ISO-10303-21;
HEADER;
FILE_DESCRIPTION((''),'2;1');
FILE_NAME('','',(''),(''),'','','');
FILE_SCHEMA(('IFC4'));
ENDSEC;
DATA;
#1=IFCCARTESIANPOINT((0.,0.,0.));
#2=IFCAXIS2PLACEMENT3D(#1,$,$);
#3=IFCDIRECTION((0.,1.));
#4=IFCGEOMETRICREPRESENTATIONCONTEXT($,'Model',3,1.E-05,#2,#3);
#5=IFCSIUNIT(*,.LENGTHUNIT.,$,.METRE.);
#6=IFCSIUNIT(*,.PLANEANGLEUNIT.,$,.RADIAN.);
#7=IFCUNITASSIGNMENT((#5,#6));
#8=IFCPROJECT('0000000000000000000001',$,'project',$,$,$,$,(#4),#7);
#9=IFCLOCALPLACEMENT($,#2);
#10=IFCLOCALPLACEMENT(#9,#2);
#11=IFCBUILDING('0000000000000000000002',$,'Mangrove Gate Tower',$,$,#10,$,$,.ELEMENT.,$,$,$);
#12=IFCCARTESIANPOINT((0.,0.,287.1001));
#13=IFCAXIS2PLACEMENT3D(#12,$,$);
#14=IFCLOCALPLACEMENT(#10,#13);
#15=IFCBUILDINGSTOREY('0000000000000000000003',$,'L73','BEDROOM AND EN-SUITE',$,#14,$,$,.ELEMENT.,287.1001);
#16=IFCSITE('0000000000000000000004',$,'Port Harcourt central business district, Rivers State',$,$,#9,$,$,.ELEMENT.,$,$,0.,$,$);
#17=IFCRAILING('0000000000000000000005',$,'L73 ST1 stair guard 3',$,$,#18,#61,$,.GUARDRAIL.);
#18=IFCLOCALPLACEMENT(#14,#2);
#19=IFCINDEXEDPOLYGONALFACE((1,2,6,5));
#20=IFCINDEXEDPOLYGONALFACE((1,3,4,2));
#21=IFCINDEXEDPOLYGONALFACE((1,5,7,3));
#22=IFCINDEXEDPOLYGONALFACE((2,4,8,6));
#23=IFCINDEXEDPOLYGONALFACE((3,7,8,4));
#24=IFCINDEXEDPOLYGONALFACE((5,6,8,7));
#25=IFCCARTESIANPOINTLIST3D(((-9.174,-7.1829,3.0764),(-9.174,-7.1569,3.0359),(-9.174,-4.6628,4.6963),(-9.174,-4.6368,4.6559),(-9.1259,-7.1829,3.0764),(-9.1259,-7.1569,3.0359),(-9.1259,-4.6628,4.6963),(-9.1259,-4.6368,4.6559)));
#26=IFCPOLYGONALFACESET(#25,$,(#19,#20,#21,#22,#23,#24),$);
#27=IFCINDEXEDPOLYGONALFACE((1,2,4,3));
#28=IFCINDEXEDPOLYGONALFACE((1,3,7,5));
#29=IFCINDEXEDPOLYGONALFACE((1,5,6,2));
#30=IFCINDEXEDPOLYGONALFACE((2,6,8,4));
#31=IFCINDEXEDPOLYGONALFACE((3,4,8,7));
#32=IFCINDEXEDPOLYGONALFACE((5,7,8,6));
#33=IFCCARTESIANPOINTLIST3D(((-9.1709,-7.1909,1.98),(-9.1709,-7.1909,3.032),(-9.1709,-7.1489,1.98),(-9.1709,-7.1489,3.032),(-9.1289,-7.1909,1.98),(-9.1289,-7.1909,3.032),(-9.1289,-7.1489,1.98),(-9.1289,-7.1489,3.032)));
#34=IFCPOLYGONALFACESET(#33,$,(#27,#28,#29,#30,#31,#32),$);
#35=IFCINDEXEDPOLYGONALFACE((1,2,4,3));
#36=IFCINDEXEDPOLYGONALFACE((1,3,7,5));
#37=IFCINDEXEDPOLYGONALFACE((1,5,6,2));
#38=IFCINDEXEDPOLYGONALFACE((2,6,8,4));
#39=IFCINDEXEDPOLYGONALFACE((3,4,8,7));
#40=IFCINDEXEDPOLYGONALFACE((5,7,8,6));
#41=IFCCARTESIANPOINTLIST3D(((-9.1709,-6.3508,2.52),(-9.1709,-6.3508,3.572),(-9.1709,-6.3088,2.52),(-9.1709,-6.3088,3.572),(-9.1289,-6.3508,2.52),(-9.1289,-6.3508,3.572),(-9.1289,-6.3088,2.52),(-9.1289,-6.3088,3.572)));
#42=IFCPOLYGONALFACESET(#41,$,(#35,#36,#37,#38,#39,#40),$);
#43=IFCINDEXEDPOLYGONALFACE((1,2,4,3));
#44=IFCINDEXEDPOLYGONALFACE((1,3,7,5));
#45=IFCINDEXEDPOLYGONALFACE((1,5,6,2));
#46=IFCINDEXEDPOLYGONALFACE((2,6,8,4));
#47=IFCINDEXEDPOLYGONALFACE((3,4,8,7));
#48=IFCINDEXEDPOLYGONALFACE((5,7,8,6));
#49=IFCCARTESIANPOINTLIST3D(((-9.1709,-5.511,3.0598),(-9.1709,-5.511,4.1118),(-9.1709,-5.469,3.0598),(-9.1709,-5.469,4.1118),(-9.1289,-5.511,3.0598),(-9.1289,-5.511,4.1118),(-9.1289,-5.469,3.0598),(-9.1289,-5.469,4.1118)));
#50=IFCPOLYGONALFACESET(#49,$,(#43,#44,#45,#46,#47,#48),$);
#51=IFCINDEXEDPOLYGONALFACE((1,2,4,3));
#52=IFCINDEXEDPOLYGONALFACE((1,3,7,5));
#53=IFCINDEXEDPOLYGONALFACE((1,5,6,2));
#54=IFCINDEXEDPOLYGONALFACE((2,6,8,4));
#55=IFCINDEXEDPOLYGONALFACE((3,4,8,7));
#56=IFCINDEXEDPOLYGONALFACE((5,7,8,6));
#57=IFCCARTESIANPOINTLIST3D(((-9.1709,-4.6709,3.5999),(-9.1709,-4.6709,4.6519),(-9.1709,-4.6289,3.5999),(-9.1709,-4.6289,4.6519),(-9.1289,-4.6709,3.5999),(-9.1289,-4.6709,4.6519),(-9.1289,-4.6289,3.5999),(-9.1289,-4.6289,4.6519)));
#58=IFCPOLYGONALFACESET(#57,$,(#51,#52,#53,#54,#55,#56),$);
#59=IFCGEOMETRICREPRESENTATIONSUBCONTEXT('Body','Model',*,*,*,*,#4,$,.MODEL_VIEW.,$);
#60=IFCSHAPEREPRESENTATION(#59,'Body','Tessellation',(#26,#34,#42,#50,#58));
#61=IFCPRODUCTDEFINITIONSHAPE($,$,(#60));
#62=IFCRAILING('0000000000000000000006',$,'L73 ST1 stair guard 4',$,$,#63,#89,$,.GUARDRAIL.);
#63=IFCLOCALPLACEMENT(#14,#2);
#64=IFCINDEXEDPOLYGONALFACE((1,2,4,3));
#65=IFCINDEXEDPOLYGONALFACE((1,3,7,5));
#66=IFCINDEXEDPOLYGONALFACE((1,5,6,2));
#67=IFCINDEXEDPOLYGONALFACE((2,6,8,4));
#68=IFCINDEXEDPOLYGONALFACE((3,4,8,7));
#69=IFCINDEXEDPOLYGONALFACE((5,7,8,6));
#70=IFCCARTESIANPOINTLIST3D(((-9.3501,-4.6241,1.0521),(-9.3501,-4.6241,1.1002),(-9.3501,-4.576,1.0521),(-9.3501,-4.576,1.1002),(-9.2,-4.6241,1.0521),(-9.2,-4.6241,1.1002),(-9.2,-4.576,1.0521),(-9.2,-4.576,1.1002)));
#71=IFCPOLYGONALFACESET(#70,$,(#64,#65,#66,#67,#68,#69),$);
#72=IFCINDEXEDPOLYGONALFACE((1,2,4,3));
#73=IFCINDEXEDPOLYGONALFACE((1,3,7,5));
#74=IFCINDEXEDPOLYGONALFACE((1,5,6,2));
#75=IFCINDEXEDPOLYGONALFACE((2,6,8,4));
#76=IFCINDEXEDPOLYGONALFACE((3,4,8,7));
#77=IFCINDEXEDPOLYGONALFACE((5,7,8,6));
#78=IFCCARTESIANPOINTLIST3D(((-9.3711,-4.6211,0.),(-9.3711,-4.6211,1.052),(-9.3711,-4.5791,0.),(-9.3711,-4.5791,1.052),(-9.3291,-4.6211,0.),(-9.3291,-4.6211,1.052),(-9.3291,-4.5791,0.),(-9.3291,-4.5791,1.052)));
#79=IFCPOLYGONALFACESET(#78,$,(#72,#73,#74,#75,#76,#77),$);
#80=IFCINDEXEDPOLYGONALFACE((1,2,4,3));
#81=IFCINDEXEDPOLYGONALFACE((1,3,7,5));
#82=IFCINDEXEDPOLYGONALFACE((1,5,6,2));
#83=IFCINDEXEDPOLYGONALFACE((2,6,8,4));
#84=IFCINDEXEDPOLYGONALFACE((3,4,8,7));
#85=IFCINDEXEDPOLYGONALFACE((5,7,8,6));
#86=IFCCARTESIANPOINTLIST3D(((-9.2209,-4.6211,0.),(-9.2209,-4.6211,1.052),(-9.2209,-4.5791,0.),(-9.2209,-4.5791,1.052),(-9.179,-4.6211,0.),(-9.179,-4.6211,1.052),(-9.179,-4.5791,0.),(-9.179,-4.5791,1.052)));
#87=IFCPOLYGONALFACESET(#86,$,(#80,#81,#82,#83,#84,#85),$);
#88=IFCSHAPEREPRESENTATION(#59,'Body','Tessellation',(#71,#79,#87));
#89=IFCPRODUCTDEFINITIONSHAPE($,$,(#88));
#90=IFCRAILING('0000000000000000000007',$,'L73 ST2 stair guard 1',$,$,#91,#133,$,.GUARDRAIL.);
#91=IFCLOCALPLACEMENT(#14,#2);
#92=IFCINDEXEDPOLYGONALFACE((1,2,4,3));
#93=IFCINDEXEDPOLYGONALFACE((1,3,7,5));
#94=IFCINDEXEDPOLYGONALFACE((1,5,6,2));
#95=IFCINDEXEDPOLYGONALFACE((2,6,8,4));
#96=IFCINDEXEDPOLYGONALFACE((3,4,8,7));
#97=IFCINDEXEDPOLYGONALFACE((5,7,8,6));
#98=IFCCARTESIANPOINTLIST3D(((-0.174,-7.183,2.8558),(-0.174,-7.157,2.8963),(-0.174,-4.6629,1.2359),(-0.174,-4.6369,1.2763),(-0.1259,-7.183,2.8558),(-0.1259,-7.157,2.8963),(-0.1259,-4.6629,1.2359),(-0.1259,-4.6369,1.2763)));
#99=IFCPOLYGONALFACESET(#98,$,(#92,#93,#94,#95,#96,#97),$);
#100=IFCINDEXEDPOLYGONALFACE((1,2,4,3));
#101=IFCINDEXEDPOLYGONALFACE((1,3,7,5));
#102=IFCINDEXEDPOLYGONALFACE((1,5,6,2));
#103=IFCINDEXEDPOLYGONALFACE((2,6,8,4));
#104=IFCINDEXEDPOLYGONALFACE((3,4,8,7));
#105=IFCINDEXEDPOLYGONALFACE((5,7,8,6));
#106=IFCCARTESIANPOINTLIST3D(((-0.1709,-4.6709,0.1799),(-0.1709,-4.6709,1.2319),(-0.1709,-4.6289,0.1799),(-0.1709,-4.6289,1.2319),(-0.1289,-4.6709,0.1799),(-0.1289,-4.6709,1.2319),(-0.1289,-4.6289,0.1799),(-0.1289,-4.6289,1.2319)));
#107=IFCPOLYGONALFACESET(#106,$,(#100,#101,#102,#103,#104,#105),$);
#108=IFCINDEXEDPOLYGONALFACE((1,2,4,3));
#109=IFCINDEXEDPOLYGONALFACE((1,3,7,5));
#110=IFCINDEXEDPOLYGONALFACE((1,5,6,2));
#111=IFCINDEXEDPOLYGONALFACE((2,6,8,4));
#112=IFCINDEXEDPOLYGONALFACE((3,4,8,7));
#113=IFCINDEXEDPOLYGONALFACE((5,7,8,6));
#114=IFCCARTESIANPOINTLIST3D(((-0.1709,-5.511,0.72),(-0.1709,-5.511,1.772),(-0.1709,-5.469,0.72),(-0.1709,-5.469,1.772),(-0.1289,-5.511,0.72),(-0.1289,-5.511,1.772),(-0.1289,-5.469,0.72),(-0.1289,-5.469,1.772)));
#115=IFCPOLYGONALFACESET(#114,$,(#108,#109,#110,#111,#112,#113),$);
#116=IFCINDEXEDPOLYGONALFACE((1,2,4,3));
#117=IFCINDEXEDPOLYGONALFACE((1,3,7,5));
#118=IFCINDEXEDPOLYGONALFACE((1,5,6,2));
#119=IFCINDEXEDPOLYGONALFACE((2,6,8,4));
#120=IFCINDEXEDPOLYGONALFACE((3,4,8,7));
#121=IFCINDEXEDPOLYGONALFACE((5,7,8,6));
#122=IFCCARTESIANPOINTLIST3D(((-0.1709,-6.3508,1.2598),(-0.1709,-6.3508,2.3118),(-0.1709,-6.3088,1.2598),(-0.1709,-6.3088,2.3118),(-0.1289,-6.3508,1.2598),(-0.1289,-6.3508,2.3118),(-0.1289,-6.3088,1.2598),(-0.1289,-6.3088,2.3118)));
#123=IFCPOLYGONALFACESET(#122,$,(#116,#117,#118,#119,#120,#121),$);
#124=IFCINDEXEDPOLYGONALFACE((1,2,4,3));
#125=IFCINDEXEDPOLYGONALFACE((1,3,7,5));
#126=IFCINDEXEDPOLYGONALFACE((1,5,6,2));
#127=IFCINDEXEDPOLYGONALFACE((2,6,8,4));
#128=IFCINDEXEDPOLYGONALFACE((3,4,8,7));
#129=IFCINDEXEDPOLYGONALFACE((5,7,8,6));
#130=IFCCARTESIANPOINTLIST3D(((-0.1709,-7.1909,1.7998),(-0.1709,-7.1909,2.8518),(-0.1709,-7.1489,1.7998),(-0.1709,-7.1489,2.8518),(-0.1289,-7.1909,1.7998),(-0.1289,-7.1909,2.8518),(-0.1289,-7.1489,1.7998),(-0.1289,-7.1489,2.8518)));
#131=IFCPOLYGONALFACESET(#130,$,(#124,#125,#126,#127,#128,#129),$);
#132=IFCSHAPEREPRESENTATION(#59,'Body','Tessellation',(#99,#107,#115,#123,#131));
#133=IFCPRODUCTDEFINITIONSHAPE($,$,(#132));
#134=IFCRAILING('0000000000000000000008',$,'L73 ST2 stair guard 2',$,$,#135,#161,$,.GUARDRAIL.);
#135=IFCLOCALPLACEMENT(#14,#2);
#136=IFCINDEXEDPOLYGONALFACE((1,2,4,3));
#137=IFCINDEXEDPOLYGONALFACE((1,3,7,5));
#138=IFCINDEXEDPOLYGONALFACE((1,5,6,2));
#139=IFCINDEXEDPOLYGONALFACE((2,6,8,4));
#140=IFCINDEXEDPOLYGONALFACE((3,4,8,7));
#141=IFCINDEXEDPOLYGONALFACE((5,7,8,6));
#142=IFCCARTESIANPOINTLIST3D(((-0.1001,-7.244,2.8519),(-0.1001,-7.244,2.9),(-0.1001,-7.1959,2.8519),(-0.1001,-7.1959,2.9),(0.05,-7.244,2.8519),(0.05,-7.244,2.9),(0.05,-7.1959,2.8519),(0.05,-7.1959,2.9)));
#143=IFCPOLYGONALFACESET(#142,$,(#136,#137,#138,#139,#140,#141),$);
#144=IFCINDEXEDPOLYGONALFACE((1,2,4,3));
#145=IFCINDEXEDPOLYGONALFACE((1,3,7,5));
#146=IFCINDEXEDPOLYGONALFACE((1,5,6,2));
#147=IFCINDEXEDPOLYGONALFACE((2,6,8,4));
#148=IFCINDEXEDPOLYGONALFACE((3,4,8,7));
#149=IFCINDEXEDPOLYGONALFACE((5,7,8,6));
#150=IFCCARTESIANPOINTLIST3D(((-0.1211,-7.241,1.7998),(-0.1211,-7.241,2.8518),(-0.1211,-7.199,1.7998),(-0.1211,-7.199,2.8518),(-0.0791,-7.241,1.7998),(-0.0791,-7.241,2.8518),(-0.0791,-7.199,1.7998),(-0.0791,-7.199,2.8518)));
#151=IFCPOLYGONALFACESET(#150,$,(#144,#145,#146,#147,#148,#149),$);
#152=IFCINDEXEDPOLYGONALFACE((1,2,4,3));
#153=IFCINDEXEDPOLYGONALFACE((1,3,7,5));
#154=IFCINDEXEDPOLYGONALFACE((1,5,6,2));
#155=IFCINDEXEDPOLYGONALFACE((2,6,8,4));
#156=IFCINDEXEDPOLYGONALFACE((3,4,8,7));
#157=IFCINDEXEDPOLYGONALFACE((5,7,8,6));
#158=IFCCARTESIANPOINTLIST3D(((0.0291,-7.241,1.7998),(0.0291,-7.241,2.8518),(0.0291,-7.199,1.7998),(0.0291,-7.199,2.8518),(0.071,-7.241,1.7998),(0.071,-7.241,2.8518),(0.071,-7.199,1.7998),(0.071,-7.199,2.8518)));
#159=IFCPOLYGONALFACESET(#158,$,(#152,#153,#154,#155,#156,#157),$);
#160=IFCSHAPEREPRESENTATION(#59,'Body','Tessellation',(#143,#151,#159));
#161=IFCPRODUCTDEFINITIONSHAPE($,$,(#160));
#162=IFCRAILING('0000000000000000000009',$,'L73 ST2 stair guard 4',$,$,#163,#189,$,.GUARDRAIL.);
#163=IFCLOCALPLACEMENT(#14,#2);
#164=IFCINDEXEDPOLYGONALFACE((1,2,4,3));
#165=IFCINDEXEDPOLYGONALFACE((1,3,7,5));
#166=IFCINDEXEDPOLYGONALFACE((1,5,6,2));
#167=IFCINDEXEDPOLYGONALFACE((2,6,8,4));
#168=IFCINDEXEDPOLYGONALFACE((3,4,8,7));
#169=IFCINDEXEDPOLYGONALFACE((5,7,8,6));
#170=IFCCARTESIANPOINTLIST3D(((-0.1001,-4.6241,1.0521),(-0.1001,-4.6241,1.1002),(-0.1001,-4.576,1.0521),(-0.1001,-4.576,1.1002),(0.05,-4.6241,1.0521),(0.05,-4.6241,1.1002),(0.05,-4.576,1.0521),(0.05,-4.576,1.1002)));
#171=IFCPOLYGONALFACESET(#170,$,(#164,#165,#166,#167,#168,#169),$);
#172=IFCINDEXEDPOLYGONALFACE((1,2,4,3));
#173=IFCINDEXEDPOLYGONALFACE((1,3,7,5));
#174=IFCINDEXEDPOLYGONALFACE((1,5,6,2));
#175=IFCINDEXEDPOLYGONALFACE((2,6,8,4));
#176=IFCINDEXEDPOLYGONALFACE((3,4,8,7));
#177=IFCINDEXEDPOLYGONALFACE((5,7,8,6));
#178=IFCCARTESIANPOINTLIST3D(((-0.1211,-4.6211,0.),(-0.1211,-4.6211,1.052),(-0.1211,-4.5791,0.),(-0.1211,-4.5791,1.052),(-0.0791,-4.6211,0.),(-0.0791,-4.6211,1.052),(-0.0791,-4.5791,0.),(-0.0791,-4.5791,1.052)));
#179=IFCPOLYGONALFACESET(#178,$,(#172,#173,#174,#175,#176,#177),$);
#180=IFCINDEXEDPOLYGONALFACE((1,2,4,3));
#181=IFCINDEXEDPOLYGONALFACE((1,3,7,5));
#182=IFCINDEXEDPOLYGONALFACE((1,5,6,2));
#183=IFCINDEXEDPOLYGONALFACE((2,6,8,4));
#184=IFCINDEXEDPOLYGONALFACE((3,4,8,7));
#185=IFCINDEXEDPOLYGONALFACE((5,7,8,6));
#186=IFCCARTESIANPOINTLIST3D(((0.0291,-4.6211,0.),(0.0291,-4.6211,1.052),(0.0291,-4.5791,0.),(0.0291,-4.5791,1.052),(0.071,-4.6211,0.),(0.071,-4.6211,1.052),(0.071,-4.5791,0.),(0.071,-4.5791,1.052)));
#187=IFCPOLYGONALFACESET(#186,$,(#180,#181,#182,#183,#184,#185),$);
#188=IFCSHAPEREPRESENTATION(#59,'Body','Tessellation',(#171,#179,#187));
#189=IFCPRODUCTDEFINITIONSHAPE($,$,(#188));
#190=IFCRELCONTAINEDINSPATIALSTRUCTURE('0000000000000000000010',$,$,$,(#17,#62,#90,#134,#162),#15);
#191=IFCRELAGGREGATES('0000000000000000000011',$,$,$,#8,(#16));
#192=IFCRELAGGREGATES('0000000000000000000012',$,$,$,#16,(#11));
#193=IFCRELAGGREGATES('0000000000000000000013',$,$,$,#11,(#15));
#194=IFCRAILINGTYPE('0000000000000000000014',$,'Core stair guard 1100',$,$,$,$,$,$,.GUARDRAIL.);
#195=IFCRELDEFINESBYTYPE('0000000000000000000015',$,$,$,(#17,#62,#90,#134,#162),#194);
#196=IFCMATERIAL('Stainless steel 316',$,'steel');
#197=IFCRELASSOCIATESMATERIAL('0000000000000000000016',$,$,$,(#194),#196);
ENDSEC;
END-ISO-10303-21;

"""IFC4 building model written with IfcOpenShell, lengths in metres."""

from ifc_helpers import new_model, si_unit, direction, frame, origin, origin_2d, place, context, subcontext, project, spatial, rectangle, extrude, material, type_object, element, save


model = new_model("IFC4")

# Units and contexts
model_context = context("Model", 3, precision=1e-05, world=origin(), true_north=direction((0.0, 1.0)))
body_context = subcontext(model_context, "Body", "Model", "MODEL_VIEW")
ifc_project = project(units=[si_unit("LENGTHUNIT", "METRE"), si_unit("PLANEANGLEUNIT", "RADIAN")], contexts=[model_context])

# Site, building, storey
site_placement = place(None, origin())
site = spatial("IfcSite", under=ifc_project, at=site_placement, Name="Port Harcourt central business district, Rivers State", CompositionType="ELEMENT", RefElevation=0.0)
building_placement = place(site_placement, origin())
building = spatial("IfcBuilding", under=site, at=building_placement, Name="Mangrove Gate Tower", CompositionType="ELEMENT")
storey_placement = place(building_placement, frame((0.0, 0.0, 287.1001)))
storey = spatial("IfcBuildingStorey", under=building, at=storey_placement, Name="L73", Description="BEDROOM AND EN-SUITE", CompositionType="ELEMENT", Elevation=287.1001)

# Railings
ifc_material_1 = material(Name="Stainless steel 316", Category="steel")
railing_type_1 = type_object("IfcRailingType", Name="Core stair guard 1100", PredefinedType="GUARDRAIL", material=ifc_material_1)
railing_1_placement = place(storey_placement, frame((-9.1499, -7.1699, 1.98)))
element("IfcRailing", 1, at=railing_1_placement, inside=storey, type_object=railing_type_1, Name="L73 ST1 stair guard 3", PredefinedType="GUARDRAIL", context=body_context, shape_type="SweptSolid", body=[
    extrude(rectangle(XDim=0.0481, YDim=0.0481, at=origin_2d()), frame((0.0, 0.0, 1.0762), z_axis=(0.0, 0.8412, 0.540725), x_axis=(-1.0, 0.0, 0.0)), (0.0, 0.0, 1.0), 2.9958),
    extrude(rectangle(XDim=0.042, YDim=0.042, at=origin_2d()), origin(), (0.0, 0.0, 1.0), 1.052),
    extrude(rectangle(XDim=0.042, YDim=0.042, at=origin_2d()), frame((0.0, 0.8401, 0.54)), (0.0, 0.0, 1.0), 1.052),
    extrude(rectangle(XDim=0.042, YDim=0.042, at=origin_2d()), frame((0.0, 1.6799, 1.0798)), (0.0, 0.0, 1.0), 1.052),
    extrude(rectangle(XDim=0.042, YDim=0.042, at=origin_2d()), frame((0.0, 2.52, 1.6199)), (0.0, 0.0, 1.0), 1.052),
])
railing_2_placement = place(storey_placement, frame((-9.3501, -4.6001, 0.0)))
element("IfcRailing", 2, at=railing_2_placement, inside=storey, type_object=railing_type_1, Name="L73 ST1 stair guard 4", PredefinedType="GUARDRAIL", context=body_context, shape_type="SweptSolid", body=[
    extrude(rectangle(XDim=0.0481, YDim=0.0481, at=origin_2d()), frame((0.0, 0.0, 1.0762), z_axis=(1.0, 0.0, 0.0), x_axis=(0.0, 1.0, 0.0)), (0.0, 0.0, 1.0), 0.1501),
    extrude(rectangle(XDim=0.042, YDim=0.042, at=origin_2d()), origin(), (0.0, 0.0, 1.0), 1.052),
    extrude(rectangle(XDim=0.042, YDim=0.042, at=origin_2d()), frame((0.1501, 0.0, 0.0)), (0.0, 0.0, 1.0), 1.052),
])
railing_3_placement = place(storey_placement, frame((-0.1499, -4.6499, 0.1799)))
element("IfcRailing", 3, at=railing_3_placement, inside=storey, type_object=railing_type_1, Name="L73 ST2 stair guard 1", PredefinedType="GUARDRAIL", context=body_context, shape_type="SweptSolid", body=[
    extrude(rectangle(XDim=0.0481, YDim=0.0481, at=origin_2d()), frame((0.0, 0.0, 1.0762), z_axis=(0.0, -0.8412, 0.540725), x_axis=(1.0, 0.0, 0.0)), (0.0, 0.0, 1.0), 2.9958),
    extrude(rectangle(XDim=0.042, YDim=0.042, at=origin_2d()), origin(), (0.0, 0.0, 1.0), 1.052),
    extrude(rectangle(XDim=0.042, YDim=0.042, at=origin_2d()), frame((0.0, -0.8401, 0.54)), (0.0, 0.0, 1.0), 1.052),
    extrude(rectangle(XDim=0.042, YDim=0.042, at=origin_2d()), frame((0.0, -1.6799, 1.0798)), (0.0, 0.0, 1.0), 1.052),
    extrude(rectangle(XDim=0.042, YDim=0.042, at=origin_2d()), frame((0.0, -2.52, 1.6199)), (0.0, 0.0, 1.0), 1.052),
])
for number, where, name in (
    (4, (-0.1001, -7.22, 1.7998), "L73 ST2 stair guard 2"),
    (5, (-0.1001, -4.6001, 0.0), "L73 ST2 stair guard 4"),
):
    element("IfcRailing", number, at=place(storey_placement, frame(where)), inside=storey, type_object=railing_type_1, Name=name, PredefinedType="GUARDRAIL", context=body_context, shape_type="SweptSolid", body=[
        extrude(rectangle(XDim=0.0481, YDim=0.0481, at=origin_2d()), frame((0.0, 0.0, 1.0762), z_axis=(1.0, 0.0, 0.0), x_axis=(0.0, 1.0, 0.0)), (0.0, 0.0, 1.0), 0.1501),
        extrude(rectangle(XDim=0.042, YDim=0.042, at=origin_2d()), origin(), (0.0, 0.0, 1.0), 1.052),
        extrude(rectangle(XDim=0.042, YDim=0.042, at=origin_2d()), frame((0.1501, 0.0, 0.0)), (0.0, 0.0, 1.0), 1.052),
    ])

save(model, "model.ifc")
